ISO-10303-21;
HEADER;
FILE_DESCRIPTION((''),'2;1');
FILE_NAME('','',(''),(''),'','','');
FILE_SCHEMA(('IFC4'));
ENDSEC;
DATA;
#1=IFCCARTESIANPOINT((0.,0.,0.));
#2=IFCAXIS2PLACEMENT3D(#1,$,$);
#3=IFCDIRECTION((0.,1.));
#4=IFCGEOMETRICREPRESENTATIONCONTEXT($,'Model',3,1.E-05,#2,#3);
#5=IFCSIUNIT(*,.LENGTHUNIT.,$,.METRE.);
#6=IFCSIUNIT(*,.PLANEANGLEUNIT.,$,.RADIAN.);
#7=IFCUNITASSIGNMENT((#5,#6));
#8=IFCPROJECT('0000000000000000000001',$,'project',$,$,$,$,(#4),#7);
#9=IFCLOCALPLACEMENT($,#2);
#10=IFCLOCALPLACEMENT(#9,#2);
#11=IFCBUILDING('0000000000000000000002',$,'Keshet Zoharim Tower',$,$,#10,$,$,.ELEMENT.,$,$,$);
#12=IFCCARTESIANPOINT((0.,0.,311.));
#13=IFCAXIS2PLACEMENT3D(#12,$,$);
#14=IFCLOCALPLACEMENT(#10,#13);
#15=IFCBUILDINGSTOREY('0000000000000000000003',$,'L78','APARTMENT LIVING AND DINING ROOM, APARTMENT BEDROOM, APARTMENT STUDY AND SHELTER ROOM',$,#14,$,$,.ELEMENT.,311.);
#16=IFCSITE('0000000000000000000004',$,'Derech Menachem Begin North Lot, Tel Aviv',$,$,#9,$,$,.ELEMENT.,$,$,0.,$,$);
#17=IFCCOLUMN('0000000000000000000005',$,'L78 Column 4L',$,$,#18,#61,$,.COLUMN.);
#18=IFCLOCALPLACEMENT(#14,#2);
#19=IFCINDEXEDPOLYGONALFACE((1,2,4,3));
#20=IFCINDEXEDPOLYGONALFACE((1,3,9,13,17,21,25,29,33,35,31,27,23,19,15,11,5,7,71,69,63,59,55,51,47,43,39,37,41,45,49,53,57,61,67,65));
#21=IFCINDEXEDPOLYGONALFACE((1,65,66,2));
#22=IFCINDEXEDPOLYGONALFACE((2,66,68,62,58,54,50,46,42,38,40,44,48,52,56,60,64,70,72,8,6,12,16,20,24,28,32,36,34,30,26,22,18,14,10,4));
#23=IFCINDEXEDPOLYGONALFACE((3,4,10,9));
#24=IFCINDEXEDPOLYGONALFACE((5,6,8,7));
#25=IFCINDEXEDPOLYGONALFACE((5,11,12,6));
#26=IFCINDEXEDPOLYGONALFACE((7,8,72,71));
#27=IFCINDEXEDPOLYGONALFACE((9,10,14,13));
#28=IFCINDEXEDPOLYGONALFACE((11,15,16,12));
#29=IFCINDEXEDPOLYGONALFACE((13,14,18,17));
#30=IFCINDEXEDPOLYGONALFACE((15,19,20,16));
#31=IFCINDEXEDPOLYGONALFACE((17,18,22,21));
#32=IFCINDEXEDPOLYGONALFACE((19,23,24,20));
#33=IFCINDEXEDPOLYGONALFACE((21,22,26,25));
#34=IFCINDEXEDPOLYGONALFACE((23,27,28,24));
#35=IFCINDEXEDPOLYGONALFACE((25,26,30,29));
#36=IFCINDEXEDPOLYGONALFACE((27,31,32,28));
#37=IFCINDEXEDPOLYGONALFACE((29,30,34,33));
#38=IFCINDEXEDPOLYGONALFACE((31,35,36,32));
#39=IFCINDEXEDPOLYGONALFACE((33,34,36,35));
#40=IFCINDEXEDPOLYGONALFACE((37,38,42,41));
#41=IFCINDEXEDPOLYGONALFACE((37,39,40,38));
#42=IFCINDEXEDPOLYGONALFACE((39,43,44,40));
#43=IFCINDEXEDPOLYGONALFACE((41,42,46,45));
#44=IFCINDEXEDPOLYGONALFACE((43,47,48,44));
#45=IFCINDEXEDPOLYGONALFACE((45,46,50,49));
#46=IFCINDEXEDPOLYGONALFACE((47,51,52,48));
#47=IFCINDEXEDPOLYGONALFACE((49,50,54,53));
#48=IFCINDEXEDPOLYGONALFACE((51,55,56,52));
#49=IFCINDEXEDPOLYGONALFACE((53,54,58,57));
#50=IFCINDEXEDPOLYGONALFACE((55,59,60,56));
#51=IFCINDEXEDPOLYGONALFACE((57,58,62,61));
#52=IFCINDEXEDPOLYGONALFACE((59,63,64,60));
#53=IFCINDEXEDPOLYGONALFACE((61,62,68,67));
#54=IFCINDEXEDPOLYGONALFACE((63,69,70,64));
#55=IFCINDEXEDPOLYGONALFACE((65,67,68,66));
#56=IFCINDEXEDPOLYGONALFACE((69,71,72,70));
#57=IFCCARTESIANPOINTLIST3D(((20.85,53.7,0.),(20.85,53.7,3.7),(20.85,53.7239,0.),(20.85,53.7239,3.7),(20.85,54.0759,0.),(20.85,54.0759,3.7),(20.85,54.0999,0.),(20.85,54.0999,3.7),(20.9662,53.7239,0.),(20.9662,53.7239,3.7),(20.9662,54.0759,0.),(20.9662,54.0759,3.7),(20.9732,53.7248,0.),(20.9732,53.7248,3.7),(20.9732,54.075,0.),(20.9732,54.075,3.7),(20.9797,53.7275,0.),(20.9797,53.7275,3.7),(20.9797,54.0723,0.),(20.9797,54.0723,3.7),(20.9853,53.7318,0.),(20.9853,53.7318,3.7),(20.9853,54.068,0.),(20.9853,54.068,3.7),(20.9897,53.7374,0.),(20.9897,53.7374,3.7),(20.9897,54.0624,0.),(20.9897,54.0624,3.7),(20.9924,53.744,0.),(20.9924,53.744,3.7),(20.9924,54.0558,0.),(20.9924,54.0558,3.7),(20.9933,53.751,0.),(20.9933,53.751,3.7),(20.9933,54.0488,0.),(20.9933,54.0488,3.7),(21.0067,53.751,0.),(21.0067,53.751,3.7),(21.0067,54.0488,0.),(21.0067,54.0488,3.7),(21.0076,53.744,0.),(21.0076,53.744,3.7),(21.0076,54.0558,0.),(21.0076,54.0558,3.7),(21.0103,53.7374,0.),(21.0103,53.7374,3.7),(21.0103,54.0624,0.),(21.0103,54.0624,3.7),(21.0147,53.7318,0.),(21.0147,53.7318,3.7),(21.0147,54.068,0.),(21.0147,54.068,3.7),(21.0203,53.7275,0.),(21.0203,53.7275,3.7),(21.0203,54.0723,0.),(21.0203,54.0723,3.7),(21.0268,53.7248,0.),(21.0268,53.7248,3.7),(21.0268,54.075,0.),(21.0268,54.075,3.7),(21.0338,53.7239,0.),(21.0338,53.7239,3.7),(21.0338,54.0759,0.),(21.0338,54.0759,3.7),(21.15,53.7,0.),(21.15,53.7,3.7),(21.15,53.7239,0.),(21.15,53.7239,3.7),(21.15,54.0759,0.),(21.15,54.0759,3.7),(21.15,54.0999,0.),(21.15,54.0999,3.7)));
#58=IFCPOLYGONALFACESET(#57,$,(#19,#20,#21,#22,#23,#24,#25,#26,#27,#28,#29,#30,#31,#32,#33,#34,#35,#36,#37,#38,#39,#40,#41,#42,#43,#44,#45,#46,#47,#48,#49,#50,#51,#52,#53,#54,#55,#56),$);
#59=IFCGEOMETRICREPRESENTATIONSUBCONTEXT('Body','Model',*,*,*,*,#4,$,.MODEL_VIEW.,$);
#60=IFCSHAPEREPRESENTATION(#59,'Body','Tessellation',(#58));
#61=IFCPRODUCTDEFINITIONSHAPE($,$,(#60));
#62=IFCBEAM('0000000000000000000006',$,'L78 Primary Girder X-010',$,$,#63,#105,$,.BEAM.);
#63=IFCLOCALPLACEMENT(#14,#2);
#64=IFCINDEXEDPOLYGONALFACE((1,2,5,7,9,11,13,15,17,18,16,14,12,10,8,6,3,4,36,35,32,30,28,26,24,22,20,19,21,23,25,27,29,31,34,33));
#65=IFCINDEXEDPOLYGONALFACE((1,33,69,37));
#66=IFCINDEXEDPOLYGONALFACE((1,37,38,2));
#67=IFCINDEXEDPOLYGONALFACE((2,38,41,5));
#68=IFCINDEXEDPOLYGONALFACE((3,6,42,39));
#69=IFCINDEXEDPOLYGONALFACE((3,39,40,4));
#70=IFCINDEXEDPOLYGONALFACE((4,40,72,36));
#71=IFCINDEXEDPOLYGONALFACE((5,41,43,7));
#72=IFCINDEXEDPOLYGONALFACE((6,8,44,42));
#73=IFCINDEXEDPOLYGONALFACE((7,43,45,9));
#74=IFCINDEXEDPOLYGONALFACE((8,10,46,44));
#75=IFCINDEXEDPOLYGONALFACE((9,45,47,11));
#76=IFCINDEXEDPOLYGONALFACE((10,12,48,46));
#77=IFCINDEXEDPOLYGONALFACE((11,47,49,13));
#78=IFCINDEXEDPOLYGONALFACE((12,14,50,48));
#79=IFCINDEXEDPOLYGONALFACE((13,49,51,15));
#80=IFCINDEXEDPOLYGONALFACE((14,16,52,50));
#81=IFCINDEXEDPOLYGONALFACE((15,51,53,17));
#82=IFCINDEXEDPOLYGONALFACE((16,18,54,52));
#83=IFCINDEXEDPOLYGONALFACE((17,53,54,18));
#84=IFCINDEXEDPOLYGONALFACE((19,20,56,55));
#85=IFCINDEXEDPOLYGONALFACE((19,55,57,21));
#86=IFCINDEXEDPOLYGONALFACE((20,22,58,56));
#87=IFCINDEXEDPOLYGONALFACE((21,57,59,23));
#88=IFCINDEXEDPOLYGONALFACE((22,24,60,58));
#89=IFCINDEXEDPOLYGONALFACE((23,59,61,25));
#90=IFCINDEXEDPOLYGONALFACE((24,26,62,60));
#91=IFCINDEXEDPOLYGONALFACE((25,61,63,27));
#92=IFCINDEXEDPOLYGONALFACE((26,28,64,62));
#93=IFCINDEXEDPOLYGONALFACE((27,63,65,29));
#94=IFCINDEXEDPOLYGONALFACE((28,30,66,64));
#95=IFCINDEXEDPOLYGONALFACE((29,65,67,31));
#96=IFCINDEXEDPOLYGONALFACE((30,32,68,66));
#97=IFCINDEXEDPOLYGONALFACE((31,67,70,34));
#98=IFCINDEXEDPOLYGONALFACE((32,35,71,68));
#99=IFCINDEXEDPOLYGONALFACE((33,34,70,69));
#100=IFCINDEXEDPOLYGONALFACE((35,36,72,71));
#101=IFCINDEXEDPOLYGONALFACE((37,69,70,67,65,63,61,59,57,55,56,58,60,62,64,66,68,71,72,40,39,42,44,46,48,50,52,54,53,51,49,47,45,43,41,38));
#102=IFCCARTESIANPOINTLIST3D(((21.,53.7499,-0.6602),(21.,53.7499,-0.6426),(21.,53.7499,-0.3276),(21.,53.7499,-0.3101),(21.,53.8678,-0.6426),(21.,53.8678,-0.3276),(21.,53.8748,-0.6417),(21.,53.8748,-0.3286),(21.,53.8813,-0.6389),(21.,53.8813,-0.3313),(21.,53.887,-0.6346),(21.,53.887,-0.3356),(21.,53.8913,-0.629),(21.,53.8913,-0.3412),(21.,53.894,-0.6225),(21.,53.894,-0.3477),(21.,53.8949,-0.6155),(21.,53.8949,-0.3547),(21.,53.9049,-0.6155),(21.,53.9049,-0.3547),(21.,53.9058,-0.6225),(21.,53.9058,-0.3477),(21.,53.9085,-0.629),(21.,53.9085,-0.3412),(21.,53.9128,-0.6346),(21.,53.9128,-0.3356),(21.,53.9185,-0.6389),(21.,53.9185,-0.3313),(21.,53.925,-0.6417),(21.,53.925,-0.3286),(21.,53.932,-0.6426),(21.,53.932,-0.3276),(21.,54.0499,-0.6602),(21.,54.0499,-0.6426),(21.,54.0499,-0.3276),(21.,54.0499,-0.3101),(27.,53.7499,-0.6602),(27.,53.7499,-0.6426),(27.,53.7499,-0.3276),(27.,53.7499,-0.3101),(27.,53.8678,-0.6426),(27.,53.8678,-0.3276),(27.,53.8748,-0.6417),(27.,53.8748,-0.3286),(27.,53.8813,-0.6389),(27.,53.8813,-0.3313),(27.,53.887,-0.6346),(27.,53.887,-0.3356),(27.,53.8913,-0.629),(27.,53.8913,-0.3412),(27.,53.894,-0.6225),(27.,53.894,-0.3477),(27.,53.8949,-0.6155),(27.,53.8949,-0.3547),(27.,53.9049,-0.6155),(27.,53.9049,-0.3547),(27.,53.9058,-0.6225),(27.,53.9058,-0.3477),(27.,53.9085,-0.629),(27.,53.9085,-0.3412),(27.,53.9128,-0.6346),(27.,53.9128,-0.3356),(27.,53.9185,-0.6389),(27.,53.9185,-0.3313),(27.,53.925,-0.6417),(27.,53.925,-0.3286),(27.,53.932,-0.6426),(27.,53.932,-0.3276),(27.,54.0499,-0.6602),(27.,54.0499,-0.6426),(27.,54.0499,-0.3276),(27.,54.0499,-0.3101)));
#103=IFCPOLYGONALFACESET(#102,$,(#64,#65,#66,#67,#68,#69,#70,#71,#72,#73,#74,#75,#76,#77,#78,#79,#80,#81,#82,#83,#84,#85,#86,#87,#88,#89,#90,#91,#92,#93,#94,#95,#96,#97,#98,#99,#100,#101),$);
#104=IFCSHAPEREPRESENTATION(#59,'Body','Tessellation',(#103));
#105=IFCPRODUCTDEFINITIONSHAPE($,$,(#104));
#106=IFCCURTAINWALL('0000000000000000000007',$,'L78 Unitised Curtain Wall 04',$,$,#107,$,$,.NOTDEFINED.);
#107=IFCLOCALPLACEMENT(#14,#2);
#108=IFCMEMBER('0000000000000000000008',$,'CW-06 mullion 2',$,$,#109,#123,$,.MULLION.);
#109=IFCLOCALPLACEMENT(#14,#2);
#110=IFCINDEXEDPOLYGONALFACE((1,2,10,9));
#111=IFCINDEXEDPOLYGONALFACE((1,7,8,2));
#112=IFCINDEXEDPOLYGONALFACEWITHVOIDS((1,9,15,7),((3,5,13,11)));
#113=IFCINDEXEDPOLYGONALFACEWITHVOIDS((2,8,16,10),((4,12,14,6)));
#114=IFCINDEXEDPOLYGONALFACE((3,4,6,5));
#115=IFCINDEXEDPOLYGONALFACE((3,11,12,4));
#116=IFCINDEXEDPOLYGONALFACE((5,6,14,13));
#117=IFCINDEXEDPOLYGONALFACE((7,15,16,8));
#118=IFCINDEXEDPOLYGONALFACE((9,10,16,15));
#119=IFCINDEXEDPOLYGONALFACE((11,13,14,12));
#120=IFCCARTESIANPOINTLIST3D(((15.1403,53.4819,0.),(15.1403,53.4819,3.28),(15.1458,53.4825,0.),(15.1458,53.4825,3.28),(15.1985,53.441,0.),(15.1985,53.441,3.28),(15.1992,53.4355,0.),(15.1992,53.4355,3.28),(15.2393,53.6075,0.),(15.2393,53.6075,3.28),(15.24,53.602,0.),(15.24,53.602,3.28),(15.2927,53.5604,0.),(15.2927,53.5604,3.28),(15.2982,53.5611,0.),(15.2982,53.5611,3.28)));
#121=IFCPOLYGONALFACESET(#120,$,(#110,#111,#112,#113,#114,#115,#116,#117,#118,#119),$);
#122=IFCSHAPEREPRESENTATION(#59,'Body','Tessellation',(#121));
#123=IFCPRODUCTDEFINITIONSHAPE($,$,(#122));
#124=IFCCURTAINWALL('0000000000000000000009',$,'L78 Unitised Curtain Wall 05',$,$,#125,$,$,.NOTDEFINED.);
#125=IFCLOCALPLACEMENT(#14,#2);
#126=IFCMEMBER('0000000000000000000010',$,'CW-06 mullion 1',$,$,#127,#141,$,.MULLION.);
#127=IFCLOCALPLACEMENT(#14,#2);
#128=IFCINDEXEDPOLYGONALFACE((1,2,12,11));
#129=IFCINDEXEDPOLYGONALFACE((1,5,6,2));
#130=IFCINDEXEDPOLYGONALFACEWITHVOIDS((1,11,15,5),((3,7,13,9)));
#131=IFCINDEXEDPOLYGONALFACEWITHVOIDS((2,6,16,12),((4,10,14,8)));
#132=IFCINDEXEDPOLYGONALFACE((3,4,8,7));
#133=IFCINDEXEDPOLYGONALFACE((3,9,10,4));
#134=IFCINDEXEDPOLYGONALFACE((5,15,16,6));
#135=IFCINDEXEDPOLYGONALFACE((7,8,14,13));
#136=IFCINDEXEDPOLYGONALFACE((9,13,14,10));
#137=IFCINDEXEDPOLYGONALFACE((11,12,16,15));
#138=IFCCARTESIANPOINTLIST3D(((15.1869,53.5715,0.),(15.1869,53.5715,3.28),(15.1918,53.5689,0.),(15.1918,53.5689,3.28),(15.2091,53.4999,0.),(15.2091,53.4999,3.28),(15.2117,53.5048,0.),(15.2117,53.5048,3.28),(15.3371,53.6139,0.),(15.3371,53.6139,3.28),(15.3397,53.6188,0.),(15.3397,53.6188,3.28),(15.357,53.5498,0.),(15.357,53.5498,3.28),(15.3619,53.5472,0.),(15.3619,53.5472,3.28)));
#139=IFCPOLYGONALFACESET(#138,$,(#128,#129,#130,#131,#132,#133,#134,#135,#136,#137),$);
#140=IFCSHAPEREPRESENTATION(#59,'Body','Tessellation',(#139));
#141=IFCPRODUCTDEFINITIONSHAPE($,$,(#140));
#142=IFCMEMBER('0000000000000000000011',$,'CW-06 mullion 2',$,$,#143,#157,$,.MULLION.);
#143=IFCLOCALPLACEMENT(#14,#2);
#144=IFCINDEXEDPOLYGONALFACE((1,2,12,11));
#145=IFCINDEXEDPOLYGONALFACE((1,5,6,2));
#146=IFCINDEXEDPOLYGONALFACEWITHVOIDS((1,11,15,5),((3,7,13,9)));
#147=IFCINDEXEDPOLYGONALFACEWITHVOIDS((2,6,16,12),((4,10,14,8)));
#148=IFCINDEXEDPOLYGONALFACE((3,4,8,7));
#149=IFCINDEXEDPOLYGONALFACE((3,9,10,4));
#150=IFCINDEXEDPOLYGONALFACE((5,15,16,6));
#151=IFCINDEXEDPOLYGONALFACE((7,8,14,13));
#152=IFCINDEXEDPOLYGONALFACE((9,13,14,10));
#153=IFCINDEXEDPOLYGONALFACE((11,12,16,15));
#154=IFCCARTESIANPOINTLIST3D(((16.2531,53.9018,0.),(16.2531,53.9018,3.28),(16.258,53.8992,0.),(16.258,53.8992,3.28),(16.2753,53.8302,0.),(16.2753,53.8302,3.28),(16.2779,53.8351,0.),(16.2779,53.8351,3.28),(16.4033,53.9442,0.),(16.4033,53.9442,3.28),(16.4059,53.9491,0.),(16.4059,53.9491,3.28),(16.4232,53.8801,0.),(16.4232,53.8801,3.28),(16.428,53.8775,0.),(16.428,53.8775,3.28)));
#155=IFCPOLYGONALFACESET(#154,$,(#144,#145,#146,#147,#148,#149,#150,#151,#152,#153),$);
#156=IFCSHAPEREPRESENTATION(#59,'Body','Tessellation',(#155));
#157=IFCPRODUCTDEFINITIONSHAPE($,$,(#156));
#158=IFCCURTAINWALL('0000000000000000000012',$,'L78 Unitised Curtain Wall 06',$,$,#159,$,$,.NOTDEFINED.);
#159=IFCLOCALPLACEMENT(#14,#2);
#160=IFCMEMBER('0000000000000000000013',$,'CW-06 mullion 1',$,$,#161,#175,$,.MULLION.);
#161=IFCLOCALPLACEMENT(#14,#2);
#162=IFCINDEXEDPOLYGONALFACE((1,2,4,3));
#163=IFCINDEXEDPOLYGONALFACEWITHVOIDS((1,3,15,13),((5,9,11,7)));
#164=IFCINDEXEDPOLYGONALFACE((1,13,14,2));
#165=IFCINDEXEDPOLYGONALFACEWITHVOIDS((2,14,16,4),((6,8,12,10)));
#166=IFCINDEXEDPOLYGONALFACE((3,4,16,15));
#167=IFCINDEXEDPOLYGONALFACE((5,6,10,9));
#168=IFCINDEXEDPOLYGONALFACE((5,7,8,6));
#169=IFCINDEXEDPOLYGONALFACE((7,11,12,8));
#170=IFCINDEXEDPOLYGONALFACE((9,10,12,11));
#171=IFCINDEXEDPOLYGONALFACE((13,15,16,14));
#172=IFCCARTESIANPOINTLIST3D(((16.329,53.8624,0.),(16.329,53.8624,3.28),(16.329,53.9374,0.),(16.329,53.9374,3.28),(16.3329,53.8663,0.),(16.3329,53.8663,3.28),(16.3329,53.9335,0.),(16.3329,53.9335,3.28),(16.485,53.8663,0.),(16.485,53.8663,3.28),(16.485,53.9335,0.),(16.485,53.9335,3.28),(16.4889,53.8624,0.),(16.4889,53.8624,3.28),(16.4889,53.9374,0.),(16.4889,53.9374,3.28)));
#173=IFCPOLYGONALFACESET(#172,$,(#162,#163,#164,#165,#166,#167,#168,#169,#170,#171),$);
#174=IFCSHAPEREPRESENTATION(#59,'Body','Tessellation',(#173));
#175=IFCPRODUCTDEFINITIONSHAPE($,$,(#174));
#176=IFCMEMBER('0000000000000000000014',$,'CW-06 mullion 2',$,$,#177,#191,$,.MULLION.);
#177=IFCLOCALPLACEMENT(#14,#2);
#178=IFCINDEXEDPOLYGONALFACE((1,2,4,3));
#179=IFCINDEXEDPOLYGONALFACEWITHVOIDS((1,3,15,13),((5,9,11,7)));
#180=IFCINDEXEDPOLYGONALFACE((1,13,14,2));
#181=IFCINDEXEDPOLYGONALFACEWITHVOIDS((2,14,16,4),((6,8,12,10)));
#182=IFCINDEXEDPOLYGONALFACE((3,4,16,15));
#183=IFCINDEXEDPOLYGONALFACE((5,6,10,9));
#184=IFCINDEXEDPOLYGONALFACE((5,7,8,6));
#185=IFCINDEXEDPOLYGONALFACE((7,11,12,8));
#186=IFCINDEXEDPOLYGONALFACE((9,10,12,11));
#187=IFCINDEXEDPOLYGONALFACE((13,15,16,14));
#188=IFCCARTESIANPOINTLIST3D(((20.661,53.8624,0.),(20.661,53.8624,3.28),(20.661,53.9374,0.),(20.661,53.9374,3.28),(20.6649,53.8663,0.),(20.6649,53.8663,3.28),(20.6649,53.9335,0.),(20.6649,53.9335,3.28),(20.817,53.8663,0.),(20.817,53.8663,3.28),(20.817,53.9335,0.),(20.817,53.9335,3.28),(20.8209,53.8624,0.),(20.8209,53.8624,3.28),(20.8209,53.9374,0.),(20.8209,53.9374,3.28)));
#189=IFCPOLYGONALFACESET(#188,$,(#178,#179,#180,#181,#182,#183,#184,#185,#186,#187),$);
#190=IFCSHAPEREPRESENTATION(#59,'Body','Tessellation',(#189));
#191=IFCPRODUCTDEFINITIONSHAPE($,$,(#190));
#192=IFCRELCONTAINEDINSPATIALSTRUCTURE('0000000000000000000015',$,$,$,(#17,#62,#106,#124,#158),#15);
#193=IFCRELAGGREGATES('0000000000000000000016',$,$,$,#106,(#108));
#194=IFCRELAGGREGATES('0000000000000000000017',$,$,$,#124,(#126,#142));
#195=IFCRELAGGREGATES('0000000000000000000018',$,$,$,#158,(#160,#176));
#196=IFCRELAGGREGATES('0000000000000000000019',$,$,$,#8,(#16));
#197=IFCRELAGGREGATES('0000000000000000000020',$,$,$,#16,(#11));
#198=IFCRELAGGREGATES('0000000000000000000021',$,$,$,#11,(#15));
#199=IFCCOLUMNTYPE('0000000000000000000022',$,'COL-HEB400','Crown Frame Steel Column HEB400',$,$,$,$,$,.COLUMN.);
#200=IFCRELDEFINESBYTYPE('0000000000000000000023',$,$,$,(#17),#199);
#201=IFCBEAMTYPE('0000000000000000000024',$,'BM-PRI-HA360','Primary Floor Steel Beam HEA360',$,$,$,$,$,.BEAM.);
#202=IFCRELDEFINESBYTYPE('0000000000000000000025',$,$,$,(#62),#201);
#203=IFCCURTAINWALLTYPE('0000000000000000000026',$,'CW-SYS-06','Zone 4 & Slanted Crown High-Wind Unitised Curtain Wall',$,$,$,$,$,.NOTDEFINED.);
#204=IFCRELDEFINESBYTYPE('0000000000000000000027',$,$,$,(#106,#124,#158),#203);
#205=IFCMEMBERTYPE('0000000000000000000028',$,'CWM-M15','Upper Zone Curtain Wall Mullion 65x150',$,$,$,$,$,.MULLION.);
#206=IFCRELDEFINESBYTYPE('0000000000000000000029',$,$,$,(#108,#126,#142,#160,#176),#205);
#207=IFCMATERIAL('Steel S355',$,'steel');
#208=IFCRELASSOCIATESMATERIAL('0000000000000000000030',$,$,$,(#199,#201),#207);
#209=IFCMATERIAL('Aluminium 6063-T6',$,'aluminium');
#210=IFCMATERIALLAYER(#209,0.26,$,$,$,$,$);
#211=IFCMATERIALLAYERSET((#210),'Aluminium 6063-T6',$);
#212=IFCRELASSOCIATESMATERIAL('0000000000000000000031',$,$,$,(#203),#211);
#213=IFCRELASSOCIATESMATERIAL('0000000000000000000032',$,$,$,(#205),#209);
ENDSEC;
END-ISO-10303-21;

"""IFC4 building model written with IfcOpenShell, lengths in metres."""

from ifc_helpers import new_model, si_unit, direction, frame, origin, origin_2d, place, context, subcontext, project, spatial, hollow_rectangle, i_section, extrude, material, layer, layer_set, material_profile, profile_set, type_object, element, aggregate, save


model = new_model("IFC4")

# Units and contexts
model_context = context("Model", 3, precision=1e-05, world=origin(), true_north=direction((0.0, 1.0)))
body_context = subcontext(model_context, "Body", "Model", "MODEL_VIEW")
ifc_project = project(units=[si_unit("LENGTHUNIT", "METRE"), si_unit("PLANEANGLEUNIT", "RADIAN")], contexts=[model_context])

# Site, building, storey
site_placement = place(None, origin())
site = spatial("IfcSite", under=ifc_project, at=site_placement, Name="Derech Menachem Begin North Lot, Tel Aviv", CompositionType="ELEMENT", RefElevation=0.0)
building_placement = place(site_placement, origin())
building = spatial("IfcBuilding", under=site, at=building_placement, Name="Keshet Zoharim Tower", CompositionType="ELEMENT")
storey_placement = place(building_placement, frame((0.0, 0.0, 311.0)))
storey = spatial("IfcBuildingStorey", under=building, at=storey_placement, Name="L78", Description="APARTMENT LIVING AND DINING ROOM, APARTMENT BEDROOM, APARTMENT STUDY AND SHELTER ROOM", CompositionType="ELEMENT", Elevation=311.0)

# Column
ifc_material_1 = material(Name="Steel S355", Category="steel")
ifc_material_profile_1 = material_profile(ifc_material_1, i_section(OverallWidth=0.3, OverallDepth=0.3999, WebThickness=0.0134, FlangeThickness=0.0239, FilletRadius=0.0271, at=origin_2d()), Name="HEB400")
ifc_profile_set_1 = profile_set([ifc_material_profile_1], Name="Steel S355")
column_type = type_object("IfcColumnType", Name="COL-HEB400", Description="Crown Frame Steel Column HEB400", PredefinedType="COLUMN", material=ifc_profile_set_1)
column_placement = place(storey_placement, frame((21.0, 53.8999, 0.0), z_axis=(0.0, 0.0, 1.0), x_axis=(1.0, 0.0, 0.0)))
element("IfcColumn", 1, at=column_placement, inside=storey, type_object=column_type, Name="L78 Column 4L", PredefinedType="COLUMN", context=body_context, shape_type="SweptSolid", body=[
    extrude(i_section(OverallWidth=0.3, OverallDepth=0.3999, WebThickness=0.0134, FlangeThickness=0.0239, FilletRadius=0.0271, at=origin_2d()), origin(), (0.0, 0.0, 1.0), 3.7),
])

# Beam
ifc_material_profile_2 = material_profile(ifc_material_1, i_section(OverallWidth=0.3, OverallDepth=0.3501, WebThickness=0.01, FlangeThickness=0.0176, FilletRadius=0.0271, at=origin_2d()), Name="HEA360")
ifc_profile_set_2 = profile_set([ifc_material_profile_2], Name="Steel S355")
beam_type = type_object("IfcBeamType", Name="BM-PRI-HA360", Description="Primary Floor Steel Beam HEA360", PredefinedType="BEAM", material=ifc_profile_set_2)
beam_placement = place(storey_placement, frame((21.0, 53.8999, -0.4851), z_axis=(1.0, 0.0, 0.0), x_axis=(0.0, 1.0, 0.0)))
element("IfcBeam", 2, at=beam_placement, inside=storey, type_object=beam_type, Name="L78 Primary Girder X-010", PredefinedType="BEAM", context=body_context, shape_type="SweptSolid", body=[
    extrude(i_section(OverallWidth=0.3, OverallDepth=0.3501, WebThickness=0.01, FlangeThickness=0.0176, FilletRadius=0.0271, at=origin_2d()), origin(), (0.0, 0.0, 1.0), 6.0),
])

# Curtain wall, member
ifc_material_2 = material(Name="Aluminium 6063-T6", Category="aluminium")
ifc_layer_1 = layer(ifc_material_2, 0.26)
ifc_layer_set_1 = layer_set([ifc_layer_1], Name="Aluminium 6063-T6")
curtain_wall_type = type_object("IfcCurtainWallType", Name="CW-SYS-06", Description="Zone 4 & Slanted Crown High-Wind Unitised Curtain Wall", PredefinedType="NOTDEFINED", material=ifc_layer_set_1)
curtain_wall_1_placement = place(storey_placement, origin())
curtain_wall_1 = element("IfcCurtainWall", 3, at=curtain_wall_1_placement, inside=storey, type_object=curtain_wall_type, Name="L78 Unitised Curtain Wall 04", PredefinedType="NOTDEFINED")
ifc_material_profile_3 = material_profile(ifc_material_2, hollow_rectangle(XDim=0.075, YDim=0.1599, WallThickness=0.0039, at=origin_2d()), Name="MUL-75x160")
ifc_profile_set_3 = profile_set([ifc_material_profile_3], Name="Aluminium 6063-T6")
member_type_1 = type_object("IfcMemberType", Name="CWM-M15", Description="Upper Zone Curtain Wall Mullion 65x150", PredefinedType="MULLION", material=ifc_profile_set_3)
member_1_placement = place(storey_placement, frame((15.2192, 53.5215, 0.0), z_axis=(0.0, 0.0, 1.0), x_axis=(-0.785293, 0.619125, 0.0)))
member_1 = element("IfcMember", 4, at=member_1_placement, type_object=member_type_1, Name="CW-06 mullion 2", PredefinedType="MULLION", context=body_context, shape_type="SweptSolid", body=[
    extrude(hollow_rectangle(XDim=0.075, YDim=0.1599, WallThickness=0.0039, at=origin_2d()), origin(), (0.0, 0.0, 1.0), 3.28),
])

# Curtain walls, members
curtain_wall_2_placement = place(storey_placement, origin())
curtain_wall_2 = element("IfcCurtainWall", 5, at=curtain_wall_2_placement, inside=storey, type_object=curtain_wall_type, Name="L78 Unitised Curtain Wall 05", PredefinedType="NOTDEFINED")
member_2_placement = place(storey_placement, frame((15.2744, 53.5593, 0.0), z_axis=(0.0, 0.0, 1.0), x_axis=(-0.295922, 0.955212, 0.0)))
member_2 = element("IfcMember", 6, at=member_2_placement, type_object=member_type_1, Name="CW-06 mullion 1", PredefinedType="MULLION", context=body_context, shape_type="SweptSolid", body=[
    extrude(hollow_rectangle(XDim=0.075, YDim=0.1599, WallThickness=0.0039, at=origin_2d()), origin(), (0.0, 0.0, 1.0), 3.28),
])
member_3_placement = place(storey_placement, frame((16.3406, 53.8896, 0.0), z_axis=(0.0, 0.0, 1.0), x_axis=(-0.295922, 0.955212, 0.0)))
member_3 = element("IfcMember", 7, at=member_3_placement, type_object=member_type_1, Name="CW-06 mullion 2", PredefinedType="MULLION", context=body_context, shape_type="SweptSolid", body=[
    extrude(hollow_rectangle(XDim=0.075, YDim=0.1599, WallThickness=0.0039, at=origin_2d()), origin(), (0.0, 0.0, 1.0), 3.28),
])
curtain_wall_3_placement = place(storey_placement, origin())
curtain_wall_3 = element("IfcCurtainWall", 8, at=curtain_wall_3_placement, inside=storey, type_object=curtain_wall_type, Name="L78 Unitised Curtain Wall 06", PredefinedType="NOTDEFINED")
member_4_placement = place(storey_placement, frame((16.4089, 53.8999, 0.0), z_axis=(0.0, 0.0, 1.0), x_axis=(0.0, 1.0, 0.0)))
member_4 = element("IfcMember", 9, at=member_4_placement, type_object=member_type_1, Name="CW-06 mullion 1", PredefinedType="MULLION", context=body_context, shape_type="SweptSolid", body=[
    extrude(hollow_rectangle(XDim=0.075, YDim=0.1599, WallThickness=0.0039, at=origin_2d()), origin(), (0.0, 0.0, 1.0), 3.28),
])
member_5_placement = place(storey_placement, frame((20.741, 53.8999, 0.0), z_axis=(0.0, 0.0, 1.0), x_axis=(0.0, 1.0, 0.0)))
member_5 = element("IfcMember", 10, at=member_5_placement, type_object=member_type_1, Name="CW-06 mullion 2", PredefinedType="MULLION", context=body_context, shape_type="SweptSolid", body=[
    extrude(hollow_rectangle(XDim=0.075, YDim=0.1599, WallThickness=0.0039, at=origin_2d()), origin(), (0.0, 0.0, 1.0), 3.28),
])

aggregate(curtain_wall_1, [member_1])
aggregate(curtain_wall_2, [member_2, member_3])
aggregate(curtain_wall_3, [member_4, member_5])

save(model, "model.ifc")
